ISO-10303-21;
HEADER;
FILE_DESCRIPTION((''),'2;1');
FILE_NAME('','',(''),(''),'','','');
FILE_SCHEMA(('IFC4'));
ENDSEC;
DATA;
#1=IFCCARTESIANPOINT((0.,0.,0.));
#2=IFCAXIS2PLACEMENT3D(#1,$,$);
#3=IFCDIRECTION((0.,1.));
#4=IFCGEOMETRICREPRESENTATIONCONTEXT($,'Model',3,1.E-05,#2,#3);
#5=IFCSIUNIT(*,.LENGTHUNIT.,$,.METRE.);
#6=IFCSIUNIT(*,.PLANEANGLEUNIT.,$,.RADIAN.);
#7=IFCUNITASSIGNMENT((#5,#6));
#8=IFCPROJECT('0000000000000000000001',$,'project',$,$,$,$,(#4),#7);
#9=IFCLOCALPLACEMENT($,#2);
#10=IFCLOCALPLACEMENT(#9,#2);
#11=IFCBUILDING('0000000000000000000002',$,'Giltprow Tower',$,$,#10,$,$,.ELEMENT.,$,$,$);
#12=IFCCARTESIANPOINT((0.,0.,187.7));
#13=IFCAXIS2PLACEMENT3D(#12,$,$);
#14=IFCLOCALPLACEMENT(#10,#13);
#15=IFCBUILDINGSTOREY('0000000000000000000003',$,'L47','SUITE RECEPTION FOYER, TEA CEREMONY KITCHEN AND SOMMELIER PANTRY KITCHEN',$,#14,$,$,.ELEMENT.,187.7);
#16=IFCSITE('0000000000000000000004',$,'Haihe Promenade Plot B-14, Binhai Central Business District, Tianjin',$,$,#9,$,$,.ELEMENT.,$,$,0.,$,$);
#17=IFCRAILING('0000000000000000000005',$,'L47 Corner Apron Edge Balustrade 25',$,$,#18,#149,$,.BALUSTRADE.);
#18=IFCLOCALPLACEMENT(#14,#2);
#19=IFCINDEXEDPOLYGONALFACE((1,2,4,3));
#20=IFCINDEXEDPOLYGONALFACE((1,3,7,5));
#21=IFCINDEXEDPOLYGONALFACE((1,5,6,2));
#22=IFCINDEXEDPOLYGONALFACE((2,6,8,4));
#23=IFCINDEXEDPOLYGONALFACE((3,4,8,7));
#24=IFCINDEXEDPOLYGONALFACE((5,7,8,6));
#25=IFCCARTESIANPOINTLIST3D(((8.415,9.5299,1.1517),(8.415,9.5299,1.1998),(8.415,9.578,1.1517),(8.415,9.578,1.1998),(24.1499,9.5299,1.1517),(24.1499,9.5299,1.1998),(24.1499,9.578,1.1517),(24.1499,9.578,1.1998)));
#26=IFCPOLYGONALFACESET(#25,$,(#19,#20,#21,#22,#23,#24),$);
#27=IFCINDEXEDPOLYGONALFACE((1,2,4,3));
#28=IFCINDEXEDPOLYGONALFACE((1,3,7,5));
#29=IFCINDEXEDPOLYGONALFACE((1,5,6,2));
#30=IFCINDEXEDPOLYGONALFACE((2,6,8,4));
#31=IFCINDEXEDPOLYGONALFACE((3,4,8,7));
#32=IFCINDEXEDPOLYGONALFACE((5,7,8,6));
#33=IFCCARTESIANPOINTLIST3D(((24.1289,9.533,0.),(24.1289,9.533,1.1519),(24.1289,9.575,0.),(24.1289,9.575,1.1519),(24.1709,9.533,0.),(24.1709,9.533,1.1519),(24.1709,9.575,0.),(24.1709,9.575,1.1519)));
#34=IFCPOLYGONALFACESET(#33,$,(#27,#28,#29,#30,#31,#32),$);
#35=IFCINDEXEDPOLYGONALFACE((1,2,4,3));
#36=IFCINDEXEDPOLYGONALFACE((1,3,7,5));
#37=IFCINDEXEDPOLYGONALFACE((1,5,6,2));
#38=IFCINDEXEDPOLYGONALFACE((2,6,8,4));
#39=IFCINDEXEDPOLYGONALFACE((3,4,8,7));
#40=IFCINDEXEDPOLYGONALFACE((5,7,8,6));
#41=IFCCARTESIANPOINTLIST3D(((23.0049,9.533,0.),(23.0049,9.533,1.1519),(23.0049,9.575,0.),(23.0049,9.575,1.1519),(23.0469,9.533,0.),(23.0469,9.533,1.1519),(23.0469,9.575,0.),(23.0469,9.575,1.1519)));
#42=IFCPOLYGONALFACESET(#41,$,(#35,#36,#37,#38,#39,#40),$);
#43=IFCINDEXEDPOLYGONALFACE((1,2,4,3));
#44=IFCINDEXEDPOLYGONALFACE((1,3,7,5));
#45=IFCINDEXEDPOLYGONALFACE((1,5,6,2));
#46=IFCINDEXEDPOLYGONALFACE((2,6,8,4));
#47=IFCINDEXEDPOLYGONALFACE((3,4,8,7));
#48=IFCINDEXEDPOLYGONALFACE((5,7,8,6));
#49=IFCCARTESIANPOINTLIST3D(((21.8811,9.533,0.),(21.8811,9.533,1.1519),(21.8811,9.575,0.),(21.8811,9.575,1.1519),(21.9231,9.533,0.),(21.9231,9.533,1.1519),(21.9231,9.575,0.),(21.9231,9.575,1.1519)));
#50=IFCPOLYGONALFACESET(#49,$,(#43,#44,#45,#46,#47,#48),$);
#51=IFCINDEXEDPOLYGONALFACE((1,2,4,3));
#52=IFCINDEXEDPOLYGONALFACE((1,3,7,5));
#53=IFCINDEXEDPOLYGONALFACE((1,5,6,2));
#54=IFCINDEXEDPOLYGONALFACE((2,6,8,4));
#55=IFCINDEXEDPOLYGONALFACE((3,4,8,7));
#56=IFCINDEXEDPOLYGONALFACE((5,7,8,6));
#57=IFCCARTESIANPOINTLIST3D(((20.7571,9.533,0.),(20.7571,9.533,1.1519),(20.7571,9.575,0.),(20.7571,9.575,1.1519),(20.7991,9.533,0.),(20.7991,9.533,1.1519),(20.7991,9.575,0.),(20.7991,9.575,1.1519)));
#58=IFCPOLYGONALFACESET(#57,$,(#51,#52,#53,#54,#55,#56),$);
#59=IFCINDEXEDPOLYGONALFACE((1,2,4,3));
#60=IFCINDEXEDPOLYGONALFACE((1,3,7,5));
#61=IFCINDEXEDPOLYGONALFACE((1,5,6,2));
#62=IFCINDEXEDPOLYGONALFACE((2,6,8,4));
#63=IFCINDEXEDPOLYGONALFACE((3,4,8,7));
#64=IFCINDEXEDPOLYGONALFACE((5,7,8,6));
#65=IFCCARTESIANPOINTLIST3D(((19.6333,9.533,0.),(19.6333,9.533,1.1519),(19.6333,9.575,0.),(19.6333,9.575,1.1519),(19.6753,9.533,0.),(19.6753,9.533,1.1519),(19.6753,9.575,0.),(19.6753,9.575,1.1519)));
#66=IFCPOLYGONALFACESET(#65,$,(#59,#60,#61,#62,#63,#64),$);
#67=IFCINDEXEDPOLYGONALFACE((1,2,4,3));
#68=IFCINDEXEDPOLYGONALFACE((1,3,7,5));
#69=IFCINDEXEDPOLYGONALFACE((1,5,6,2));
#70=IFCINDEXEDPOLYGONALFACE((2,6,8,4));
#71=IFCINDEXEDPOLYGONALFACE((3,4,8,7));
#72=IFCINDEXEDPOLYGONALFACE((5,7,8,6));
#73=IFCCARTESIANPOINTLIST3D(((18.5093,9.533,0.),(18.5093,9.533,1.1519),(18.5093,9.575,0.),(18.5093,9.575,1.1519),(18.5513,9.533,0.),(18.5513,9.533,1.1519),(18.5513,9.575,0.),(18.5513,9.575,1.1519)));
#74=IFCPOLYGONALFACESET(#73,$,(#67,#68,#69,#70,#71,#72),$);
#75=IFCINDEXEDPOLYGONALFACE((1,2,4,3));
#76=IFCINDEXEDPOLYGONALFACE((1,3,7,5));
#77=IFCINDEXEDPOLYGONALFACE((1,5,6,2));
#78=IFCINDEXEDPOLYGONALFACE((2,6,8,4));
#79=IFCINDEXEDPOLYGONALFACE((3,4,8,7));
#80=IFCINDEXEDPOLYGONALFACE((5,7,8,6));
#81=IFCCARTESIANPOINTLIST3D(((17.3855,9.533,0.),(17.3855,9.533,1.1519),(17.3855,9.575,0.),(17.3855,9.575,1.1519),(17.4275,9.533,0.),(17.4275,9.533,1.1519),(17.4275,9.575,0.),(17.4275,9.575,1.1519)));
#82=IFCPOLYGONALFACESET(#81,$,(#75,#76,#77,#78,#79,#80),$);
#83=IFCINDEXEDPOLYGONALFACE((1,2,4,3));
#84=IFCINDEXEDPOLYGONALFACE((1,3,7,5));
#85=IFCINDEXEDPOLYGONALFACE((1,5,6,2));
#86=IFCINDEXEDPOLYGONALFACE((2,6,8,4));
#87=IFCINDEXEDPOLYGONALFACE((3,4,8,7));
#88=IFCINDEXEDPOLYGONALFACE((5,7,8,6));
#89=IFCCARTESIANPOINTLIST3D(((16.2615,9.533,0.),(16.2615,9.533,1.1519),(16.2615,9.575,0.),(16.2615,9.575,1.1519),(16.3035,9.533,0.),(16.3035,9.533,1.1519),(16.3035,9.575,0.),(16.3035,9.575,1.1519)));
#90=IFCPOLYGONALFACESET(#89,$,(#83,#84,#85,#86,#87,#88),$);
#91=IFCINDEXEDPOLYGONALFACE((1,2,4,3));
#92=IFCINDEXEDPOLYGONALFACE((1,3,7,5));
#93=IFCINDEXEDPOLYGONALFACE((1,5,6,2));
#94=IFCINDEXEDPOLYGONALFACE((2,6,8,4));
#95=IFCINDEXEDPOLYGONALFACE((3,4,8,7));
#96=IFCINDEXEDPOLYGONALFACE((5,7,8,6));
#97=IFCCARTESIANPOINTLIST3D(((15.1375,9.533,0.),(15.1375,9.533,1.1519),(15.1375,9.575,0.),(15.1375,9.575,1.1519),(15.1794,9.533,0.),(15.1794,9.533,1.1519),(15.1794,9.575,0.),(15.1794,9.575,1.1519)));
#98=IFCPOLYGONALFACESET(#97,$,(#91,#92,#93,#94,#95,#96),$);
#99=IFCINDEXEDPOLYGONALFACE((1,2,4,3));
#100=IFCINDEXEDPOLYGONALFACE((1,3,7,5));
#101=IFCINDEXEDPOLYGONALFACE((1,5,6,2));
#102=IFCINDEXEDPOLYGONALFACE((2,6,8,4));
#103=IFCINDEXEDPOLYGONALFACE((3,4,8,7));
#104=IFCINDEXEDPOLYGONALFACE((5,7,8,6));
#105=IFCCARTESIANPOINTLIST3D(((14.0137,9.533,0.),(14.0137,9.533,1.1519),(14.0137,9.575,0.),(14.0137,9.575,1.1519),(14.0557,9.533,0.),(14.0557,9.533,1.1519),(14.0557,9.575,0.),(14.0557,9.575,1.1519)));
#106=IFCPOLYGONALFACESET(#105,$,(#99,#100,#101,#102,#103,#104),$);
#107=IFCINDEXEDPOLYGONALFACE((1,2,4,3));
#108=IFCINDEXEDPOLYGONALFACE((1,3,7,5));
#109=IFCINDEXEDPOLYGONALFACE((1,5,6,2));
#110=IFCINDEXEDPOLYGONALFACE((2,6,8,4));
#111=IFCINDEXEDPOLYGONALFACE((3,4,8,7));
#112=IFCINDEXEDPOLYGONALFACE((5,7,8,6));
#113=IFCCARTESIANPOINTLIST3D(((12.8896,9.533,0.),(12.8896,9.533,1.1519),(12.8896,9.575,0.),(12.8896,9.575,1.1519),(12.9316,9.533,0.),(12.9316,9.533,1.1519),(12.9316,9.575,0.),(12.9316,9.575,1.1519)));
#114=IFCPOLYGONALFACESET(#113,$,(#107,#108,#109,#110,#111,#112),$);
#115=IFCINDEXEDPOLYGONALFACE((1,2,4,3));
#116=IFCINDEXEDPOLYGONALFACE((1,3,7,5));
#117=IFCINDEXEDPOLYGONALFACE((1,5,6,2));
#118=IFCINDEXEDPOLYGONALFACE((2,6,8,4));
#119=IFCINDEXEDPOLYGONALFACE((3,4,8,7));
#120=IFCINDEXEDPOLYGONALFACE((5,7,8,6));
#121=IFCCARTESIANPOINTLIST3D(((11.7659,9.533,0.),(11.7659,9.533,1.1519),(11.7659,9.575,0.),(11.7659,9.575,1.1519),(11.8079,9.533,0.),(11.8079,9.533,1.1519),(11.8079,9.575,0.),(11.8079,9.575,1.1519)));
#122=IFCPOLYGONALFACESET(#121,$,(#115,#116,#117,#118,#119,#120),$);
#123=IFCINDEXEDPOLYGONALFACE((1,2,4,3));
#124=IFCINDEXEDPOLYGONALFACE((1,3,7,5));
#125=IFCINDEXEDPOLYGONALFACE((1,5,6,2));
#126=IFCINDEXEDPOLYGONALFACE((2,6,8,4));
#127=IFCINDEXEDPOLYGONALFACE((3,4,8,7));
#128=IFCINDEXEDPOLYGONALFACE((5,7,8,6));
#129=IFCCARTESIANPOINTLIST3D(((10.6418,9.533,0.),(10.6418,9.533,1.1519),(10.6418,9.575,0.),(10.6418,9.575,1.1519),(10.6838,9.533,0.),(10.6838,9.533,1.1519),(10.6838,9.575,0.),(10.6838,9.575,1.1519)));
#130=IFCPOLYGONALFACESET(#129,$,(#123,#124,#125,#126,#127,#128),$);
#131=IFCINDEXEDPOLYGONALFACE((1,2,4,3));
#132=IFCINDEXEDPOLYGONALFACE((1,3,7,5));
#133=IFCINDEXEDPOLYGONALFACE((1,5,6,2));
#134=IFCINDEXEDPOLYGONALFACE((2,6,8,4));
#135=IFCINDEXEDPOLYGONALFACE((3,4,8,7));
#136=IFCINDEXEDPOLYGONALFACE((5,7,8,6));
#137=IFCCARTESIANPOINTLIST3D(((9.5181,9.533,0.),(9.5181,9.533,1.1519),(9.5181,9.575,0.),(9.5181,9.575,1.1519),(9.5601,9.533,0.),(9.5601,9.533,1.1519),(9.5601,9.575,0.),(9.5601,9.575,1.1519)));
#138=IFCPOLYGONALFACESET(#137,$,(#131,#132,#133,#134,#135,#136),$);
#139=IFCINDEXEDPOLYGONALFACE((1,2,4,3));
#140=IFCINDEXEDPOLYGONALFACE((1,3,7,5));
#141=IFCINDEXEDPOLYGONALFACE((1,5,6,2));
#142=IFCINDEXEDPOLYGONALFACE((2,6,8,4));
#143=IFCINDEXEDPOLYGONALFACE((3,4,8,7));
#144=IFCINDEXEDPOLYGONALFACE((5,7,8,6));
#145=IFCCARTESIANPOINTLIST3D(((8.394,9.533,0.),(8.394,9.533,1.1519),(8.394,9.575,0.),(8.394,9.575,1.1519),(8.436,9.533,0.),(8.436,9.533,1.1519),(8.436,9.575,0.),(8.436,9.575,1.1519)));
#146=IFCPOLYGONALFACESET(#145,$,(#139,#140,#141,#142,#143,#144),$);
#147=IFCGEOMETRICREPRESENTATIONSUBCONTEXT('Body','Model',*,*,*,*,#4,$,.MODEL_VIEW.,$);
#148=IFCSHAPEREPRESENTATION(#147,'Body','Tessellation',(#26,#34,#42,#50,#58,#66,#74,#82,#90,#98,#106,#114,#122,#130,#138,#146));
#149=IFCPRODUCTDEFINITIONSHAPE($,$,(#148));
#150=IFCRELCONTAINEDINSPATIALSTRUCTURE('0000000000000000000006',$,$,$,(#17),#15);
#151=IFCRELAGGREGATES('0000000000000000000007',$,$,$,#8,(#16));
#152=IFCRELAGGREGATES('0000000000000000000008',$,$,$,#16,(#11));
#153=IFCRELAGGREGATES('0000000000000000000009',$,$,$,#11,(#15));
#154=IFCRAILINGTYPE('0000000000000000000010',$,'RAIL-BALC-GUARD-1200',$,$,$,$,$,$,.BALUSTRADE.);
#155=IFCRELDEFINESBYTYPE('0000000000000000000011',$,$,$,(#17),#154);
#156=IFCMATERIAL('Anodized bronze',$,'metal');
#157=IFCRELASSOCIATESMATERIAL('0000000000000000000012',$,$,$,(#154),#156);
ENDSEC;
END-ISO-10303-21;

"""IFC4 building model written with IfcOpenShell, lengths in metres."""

from ifc_helpers import new_model, si_unit, direction, frame, origin, origin_2d, place, context, subcontext, project, spatial, rectangle, extrude, material, type_object, element, save


model = new_model("IFC4")

# Units and contexts
model_context = context("Model", 3, precision=1e-05, world=origin(), true_north=direction((0.0, 1.0)))
body_context = subcontext(model_context, "Body", "Model", "MODEL_VIEW")
ifc_project = project(units=[si_unit("LENGTHUNIT", "METRE"), si_unit("PLANEANGLEUNIT", "RADIAN")], contexts=[model_context])

# Site, building, storey
site_placement = place(None, origin())
site = spatial("IfcSite", under=ifc_project, at=site_placement, Name="Haihe Promenade Plot B-14, Binhai Central Business District, Tianjin", CompositionType="ELEMENT", RefElevation=0.0)
building_placement = place(site_placement, origin())
building = spatial("IfcBuilding", under=site, at=building_placement, Name="Giltprow Tower", CompositionType="ELEMENT")
storey_placement = place(building_placement, frame((0.0, 0.0, 187.7)))
storey = spatial("IfcBuildingStorey", under=building, at=storey_placement, Name="L47", Description="SUITE RECEPTION FOYER, TEA CEREMONY KITCHEN AND SOMMELIER PANTRY KITCHEN", CompositionType="ELEMENT", Elevation=187.7)

# Railing
ifc_material_1 = material(Name="Anodized bronze", Category="metal")
railing_type = type_object("IfcRailingType", Name="RAIL-BALC-GUARD-1200", PredefinedType="BALUSTRADE", material=ifc_material_1)
railing_1_placement = place(storey_placement, frame((24.1499, 9.554, 0.0)))
element("IfcRailing", 1, at=railing_1_placement, inside=storey, type_object=railing_type, Name="L47 Corner Apron Edge Balustrade 25", PredefinedType="BALUSTRADE", context=body_context, shape_type="SweptSolid", body=[
    extrude(rectangle(XDim=0.0481, YDim=0.0481, at=origin_2d()), frame((0.0, 0.0, 1.1758), z_axis=(-1.0, 0.0, 0.0), x_axis=(0.0, -1.0, 0.0)), (0.0, 0.0, 1.0), 15.7349),
    extrude(rectangle(XDim=0.042, YDim=0.042, at=origin_2d()), origin(), (0.0, 0.0, 1.0), 1.1519),
    extrude(rectangle(XDim=0.042, YDim=0.042, at=origin_2d()), frame((-1.124, 0.0, 0.0)), (0.0, 0.0, 1.0), 1.1519),
    extrude(rectangle(XDim=0.042, YDim=0.042, at=origin_2d()), frame((-2.2478, 0.0, 0.0)), (0.0, 0.0, 1.0), 1.1519),
    extrude(rectangle(XDim=0.042, YDim=0.042, at=origin_2d()), frame((-3.3718, 0.0, 0.0)), (0.0, 0.0, 1.0), 1.1519),
    extrude(rectangle(XDim=0.042, YDim=0.042, at=origin_2d()), frame((-4.4956, 0.0, 0.0)), (0.0, 0.0, 1.0), 1.1519),
    extrude(rectangle(XDim=0.042, YDim=0.042, at=origin_2d()), frame((-5.6196, 0.0, 0.0)), (0.0, 0.0, 1.0), 1.1519),
    extrude(rectangle(XDim=0.042, YDim=0.042, at=origin_2d()), frame((-6.7434, 0.0, 0.0)), (0.0, 0.0, 1.0), 1.1519),
    extrude(rectangle(XDim=0.042, YDim=0.042, at=origin_2d()), frame((-7.8674, 0.0, 0.0)), (0.0, 0.0, 1.0), 1.1519),
    extrude(rectangle(XDim=0.042, YDim=0.042, at=origin_2d()), frame((-8.9915, 0.0, 0.0)), (0.0, 0.0, 1.0), 1.1519),
    extrude(rectangle(XDim=0.042, YDim=0.042, at=origin_2d()), frame((-10.1152, 0.0, 0.0)), (0.0, 0.0, 1.0), 1.1519),
    extrude(rectangle(XDim=0.042, YDim=0.042, at=origin_2d()), frame((-11.2393, 0.0, 0.0)), (0.0, 0.0, 1.0), 1.1519),
    extrude(rectangle(XDim=0.042, YDim=0.042, at=origin_2d()), frame((-12.363, 0.0, 0.0)), (0.0, 0.0, 1.0), 1.1519),
    extrude(rectangle(XDim=0.042, YDim=0.042, at=origin_2d()), frame((-13.4871, 0.0, 0.0)), (0.0, 0.0, 1.0), 1.1519),
    extrude(rectangle(XDim=0.042, YDim=0.042, at=origin_2d()), frame((-14.6108, 0.0, 0.0)), (0.0, 0.0, 1.0), 1.1519),
    extrude(rectangle(XDim=0.042, YDim=0.042, at=origin_2d()), frame((-15.7349, 0.0, 0.0)), (0.0, 0.0, 1.0), 1.1519),
])

save(model, "model.ifc")
